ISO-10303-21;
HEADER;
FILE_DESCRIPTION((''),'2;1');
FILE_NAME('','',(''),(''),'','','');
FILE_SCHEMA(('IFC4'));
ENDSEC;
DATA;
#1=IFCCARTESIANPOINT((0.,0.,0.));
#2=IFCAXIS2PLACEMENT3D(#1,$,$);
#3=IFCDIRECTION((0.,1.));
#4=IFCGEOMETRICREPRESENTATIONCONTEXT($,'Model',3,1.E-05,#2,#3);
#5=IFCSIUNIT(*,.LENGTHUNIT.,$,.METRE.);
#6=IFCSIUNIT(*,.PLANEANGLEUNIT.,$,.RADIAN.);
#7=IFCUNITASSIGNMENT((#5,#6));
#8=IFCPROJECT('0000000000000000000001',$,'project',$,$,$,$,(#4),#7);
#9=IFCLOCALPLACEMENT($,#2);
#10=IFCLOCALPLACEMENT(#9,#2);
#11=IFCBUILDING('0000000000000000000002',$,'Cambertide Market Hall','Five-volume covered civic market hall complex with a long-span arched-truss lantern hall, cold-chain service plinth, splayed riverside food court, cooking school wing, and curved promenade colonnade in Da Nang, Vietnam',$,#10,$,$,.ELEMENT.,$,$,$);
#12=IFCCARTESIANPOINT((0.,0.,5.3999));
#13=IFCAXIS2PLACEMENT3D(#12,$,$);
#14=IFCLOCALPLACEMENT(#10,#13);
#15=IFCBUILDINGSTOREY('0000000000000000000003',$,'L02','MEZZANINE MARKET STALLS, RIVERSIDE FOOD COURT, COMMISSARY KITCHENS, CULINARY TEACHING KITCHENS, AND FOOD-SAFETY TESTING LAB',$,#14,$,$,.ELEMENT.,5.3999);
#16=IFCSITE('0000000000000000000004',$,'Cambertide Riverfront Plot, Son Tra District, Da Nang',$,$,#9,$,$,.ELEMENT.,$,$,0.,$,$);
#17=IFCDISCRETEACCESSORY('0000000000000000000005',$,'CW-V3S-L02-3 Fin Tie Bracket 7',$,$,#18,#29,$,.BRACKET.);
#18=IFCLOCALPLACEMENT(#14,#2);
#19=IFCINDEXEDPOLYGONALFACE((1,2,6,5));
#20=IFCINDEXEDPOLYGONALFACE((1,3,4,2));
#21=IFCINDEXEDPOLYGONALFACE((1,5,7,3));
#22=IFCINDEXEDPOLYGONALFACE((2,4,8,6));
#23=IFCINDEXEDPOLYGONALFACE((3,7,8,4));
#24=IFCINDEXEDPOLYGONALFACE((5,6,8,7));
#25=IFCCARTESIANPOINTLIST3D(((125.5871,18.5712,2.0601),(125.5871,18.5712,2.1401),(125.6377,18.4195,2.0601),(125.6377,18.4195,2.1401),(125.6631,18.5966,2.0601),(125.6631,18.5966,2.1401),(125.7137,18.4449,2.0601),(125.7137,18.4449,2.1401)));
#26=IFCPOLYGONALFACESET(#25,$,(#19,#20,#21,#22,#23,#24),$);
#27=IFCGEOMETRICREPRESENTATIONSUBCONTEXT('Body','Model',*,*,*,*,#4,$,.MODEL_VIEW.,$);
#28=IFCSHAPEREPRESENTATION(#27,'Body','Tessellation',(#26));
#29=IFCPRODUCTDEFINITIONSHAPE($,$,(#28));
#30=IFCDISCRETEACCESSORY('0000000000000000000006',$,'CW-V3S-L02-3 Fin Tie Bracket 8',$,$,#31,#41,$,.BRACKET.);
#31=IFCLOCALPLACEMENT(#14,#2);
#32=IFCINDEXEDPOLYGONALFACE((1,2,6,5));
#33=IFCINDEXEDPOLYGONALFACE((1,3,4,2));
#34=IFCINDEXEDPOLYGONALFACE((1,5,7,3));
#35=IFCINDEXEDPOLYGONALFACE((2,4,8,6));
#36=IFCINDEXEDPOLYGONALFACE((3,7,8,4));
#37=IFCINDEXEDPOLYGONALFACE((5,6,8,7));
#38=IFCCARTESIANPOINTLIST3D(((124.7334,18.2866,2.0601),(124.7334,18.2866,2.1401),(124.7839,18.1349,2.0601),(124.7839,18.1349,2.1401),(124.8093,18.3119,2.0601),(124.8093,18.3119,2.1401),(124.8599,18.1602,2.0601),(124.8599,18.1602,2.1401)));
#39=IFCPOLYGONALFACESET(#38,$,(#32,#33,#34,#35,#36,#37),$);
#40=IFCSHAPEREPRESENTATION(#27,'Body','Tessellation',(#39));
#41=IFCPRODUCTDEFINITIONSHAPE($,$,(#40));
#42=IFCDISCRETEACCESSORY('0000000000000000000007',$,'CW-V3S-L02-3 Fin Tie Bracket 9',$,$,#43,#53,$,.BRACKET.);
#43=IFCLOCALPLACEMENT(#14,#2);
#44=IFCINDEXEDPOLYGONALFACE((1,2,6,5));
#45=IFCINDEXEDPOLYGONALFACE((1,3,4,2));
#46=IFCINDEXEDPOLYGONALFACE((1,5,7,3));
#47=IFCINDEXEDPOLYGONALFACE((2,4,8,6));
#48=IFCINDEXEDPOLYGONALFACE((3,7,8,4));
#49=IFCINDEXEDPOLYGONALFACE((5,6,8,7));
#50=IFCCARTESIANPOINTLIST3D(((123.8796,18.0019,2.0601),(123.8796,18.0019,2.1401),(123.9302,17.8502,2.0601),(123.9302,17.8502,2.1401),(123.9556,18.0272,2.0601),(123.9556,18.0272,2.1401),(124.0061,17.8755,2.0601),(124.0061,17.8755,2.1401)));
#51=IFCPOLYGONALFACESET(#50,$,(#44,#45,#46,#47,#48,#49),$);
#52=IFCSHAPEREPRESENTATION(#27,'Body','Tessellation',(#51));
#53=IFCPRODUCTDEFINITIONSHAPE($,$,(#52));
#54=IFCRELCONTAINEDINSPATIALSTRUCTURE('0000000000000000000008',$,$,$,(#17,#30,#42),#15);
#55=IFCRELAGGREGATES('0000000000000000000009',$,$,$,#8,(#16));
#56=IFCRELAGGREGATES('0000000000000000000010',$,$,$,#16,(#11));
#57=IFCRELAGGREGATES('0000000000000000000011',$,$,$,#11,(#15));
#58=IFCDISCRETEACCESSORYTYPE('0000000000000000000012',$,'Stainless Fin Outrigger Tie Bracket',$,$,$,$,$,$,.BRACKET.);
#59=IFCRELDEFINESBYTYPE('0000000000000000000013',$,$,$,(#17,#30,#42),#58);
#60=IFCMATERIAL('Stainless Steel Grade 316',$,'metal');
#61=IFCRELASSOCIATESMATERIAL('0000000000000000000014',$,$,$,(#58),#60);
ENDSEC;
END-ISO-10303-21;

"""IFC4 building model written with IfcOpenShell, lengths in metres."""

from ifc_helpers import new_model, si_unit, direction, frame, origin, origin_2d, place, context, subcontext, project, spatial, rectangle, extrude, material, type_object, element, save


model = new_model("IFC4")

# Units and contexts
model_context = context("Model", 3, precision=1e-05, world=origin(), true_north=direction((0.0, 1.0)))
body_context = subcontext(model_context, "Body", "Model", "MODEL_VIEW")
ifc_project = project(units=[si_unit("LENGTHUNIT", "METRE"), si_unit("PLANEANGLEUNIT", "RADIAN")], contexts=[model_context])

# Site, building, storey
site_placement = place(None, origin())
site = spatial("IfcSite", under=ifc_project, at=site_placement, Name="Cambertide Riverfront Plot, Son Tra District, Da Nang", CompositionType="ELEMENT", RefElevation=0.0)
building_placement = place(site_placement, origin())
building = spatial("IfcBuilding", under=site, at=building_placement, Name="Cambertide Market Hall", Description="Five-volume covered civic market hall complex with a long-span arched-truss lantern hall, cold-chain service plinth, splayed riverside food court, cooking school wing, and curved promenade colonnade in Da Nang, Vietnam", CompositionType="ELEMENT")
storey_placement = place(building_placement, frame((0.0, 0.0, 5.3999)))
storey = spatial("IfcBuildingStorey", under=building, at=storey_placement, Name="L02", Description="MEZZANINE MARKET STALLS, RIVERSIDE FOOD COURT, COMMISSARY KITCHENS, CULINARY TEACHING KITCHENS, AND FOOD-SAFETY TESTING LAB", CompositionType="ELEMENT", Elevation=5.3999)

# Discrete accessories
ifc_material_1 = material(Name="Stainless Steel Grade 316", Category="metal")
discrete_accessory_type = type_object("IfcDiscreteAccessoryType", Name="Stainless Fin Outrigger Tie Bracket", PredefinedType="BRACKET", material=ifc_material_1)
for number, where, z_axis, x_axis, name in (
    (1, (125.6504, 18.5081, 2.0601), (0.0, 0.0, 1.0), (-0.948683, -0.316228, 0.0), "CW-V3S-L02-3 Fin Tie Bracket 7"),
    (2, (124.7966, 18.2234, 2.0601), (0.0, 0.0, 1.0), (-0.948683, -0.316228, 0.0), "CW-V3S-L02-3 Fin Tie Bracket 8"),
    (3, (123.9429, 17.9387, 2.0601), (0.0, 0.0, 1.0), (-0.948683, -0.316228, 0.0), "CW-V3S-L02-3 Fin Tie Bracket 9"),
):
    element("IfcDiscreteAccessory", number, at=place(storey_placement, frame(where, z_axis=z_axis, x_axis=x_axis)), inside=storey, type_object=discrete_accessory_type, Name=name, PredefinedType="BRACKET", context=body_context, shape_type="SweptSolid", body=[
        extrude(rectangle(XDim=0.0801, YDim=0.1599, at=origin_2d()), origin(), (0.0, 0.0, 1.0), 0.0801),
    ])

save(model, "model.ifc")
